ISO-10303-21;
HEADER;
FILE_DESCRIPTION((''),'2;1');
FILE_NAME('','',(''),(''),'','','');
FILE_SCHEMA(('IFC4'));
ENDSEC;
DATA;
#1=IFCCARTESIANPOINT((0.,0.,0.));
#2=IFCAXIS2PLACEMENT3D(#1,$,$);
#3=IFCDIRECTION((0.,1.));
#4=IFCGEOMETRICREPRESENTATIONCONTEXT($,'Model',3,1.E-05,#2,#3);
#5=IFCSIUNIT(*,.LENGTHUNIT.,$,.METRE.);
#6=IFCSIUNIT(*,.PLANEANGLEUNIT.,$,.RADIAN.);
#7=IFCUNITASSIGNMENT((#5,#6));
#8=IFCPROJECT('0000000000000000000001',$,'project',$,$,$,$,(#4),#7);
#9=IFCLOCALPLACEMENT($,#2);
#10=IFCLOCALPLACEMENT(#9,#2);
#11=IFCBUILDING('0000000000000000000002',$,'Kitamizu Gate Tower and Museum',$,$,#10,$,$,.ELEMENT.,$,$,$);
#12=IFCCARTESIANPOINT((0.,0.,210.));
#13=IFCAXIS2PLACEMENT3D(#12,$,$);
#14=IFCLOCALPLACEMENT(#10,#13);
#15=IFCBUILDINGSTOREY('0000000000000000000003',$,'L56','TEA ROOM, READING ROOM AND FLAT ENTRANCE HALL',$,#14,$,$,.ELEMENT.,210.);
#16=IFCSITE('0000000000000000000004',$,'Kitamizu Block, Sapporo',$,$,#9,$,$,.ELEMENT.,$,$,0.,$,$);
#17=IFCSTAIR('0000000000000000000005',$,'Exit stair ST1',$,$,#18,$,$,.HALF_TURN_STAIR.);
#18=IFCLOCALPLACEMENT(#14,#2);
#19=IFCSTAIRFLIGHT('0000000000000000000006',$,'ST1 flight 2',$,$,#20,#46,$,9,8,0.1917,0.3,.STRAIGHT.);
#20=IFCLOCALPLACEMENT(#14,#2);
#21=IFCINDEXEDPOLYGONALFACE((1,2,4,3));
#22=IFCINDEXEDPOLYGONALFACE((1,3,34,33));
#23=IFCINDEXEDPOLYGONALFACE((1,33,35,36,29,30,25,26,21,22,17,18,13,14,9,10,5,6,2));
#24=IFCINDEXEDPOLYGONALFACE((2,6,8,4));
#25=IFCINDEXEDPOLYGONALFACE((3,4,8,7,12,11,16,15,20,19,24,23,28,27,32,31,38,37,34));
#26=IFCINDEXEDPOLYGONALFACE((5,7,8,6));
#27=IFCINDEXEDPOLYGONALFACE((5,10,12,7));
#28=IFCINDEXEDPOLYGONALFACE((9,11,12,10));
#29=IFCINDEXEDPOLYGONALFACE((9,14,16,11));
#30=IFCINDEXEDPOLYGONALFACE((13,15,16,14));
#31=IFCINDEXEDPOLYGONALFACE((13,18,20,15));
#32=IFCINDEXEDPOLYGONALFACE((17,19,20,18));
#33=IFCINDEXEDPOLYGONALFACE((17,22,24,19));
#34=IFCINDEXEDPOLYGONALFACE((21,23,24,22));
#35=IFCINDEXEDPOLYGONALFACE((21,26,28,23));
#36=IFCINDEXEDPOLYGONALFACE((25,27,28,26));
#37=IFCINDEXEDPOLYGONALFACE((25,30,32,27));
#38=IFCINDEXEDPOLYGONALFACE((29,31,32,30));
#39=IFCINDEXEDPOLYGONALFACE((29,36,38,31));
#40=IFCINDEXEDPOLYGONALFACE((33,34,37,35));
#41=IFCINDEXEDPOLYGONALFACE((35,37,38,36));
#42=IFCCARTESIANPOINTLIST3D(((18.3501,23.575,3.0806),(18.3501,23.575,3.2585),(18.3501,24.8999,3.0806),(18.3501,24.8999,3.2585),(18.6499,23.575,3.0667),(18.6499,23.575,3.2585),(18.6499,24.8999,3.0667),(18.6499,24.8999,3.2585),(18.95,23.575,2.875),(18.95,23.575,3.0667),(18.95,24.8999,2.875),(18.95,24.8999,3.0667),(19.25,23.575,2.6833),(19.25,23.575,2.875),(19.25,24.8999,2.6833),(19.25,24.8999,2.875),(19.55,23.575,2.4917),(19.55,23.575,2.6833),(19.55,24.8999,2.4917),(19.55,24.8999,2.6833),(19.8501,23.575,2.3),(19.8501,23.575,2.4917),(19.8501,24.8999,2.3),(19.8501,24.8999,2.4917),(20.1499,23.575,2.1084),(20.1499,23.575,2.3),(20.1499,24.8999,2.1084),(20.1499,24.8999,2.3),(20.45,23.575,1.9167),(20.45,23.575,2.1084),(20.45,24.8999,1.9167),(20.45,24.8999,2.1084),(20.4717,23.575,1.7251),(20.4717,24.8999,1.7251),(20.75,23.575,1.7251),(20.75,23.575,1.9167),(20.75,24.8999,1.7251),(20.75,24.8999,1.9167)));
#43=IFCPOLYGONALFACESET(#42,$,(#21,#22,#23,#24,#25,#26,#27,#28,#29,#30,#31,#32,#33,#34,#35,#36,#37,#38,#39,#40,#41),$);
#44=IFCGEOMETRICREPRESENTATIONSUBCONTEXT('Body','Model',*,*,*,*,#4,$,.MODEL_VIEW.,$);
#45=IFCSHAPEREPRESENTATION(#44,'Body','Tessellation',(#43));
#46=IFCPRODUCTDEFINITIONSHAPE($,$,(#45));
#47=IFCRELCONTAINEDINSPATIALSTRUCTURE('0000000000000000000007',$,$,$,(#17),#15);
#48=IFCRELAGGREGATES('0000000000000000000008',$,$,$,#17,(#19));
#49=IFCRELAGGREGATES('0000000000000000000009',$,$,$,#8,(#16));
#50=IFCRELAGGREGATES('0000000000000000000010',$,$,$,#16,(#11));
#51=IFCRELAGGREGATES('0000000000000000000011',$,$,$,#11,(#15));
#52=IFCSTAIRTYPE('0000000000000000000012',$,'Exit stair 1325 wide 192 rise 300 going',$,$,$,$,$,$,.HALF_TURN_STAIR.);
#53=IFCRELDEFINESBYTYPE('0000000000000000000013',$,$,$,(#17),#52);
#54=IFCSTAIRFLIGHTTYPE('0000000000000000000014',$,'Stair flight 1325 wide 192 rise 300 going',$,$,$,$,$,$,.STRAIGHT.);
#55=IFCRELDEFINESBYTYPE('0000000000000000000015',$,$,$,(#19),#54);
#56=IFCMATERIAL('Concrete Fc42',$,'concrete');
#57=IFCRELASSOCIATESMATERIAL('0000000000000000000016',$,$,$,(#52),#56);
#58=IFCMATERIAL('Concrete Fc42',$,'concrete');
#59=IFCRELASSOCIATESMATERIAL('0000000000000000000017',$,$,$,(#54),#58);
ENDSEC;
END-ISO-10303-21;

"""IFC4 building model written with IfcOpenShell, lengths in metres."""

from ifc_helpers import new_model, si_unit, direction, frame, origin, place, context, subcontext, project, spatial, polyline, outline, extrude, material, type_object, element, aggregate, save


model = new_model("IFC4")

# Units and contexts
model_context = context("Model", 3, precision=1e-05, world=origin(), true_north=direction((0.0, 1.0)))
body_context = subcontext(model_context, "Body", "Model", "MODEL_VIEW")
ifc_project = project(units=[si_unit("LENGTHUNIT", "METRE"), si_unit("PLANEANGLEUNIT", "RADIAN")], contexts=[model_context])

# Site, building, storey
site_placement = place(None, origin())
site = spatial("IfcSite", under=ifc_project, at=site_placement, Name="Kitamizu Block, Sapporo", CompositionType="ELEMENT", RefElevation=0.0)
building_placement = place(site_placement, origin())
building = spatial("IfcBuilding", under=site, at=building_placement, Name="Kitamizu Gate Tower and Museum", CompositionType="ELEMENT")
storey_placement = place(building_placement, frame((0.0, 0.0, 210.0)))
storey = spatial("IfcBuildingStorey", under=building, at=storey_placement, Name="L56", Description="TEA ROOM, READING ROOM AND FLAT ENTRANCE HALL", CompositionType="ELEMENT", Elevation=210.0)

# Stair, stair flight
ifc_material_1 = material(Name="Concrete Fc42", Category="concrete")
stair_type = type_object("IfcStairType", Name="Exit stair 1325 wide 192 rise 300 going", PredefinedType="HALF_TURN_STAIR", material=ifc_material_1)
stair_placement = place(storey_placement, origin())
stair = element("IfcStair", 1, at=stair_placement, inside=storey, type_object=stair_type, Name="Exit stair ST1", PredefinedType="HALF_TURN_STAIR")
ifc_material_2 = material(Name="Concrete Fc42", Category="concrete")
stair_flight_type = type_object("IfcStairFlightType", Name="Stair flight 1325 wide 192 rise 300 going", PredefinedType="STRAIGHT", material=ifc_material_2)
stair_flight_1_placement = place(storey_placement, frame((20.75, 24.2375, 1.7251), z_axis=(0.0, 0.0, 1.0), x_axis=(-1.0, 0.0, 0.0)))
stair_flight_1 = element("IfcStairFlight", 2, at=stair_flight_1_placement, type_object=stair_flight_type, Name="ST1 flight 2", NumberOfRisers=9, NumberOfTreads=8, PredefinedType="STRAIGHT", RiserHeight=0.1917, TreadLength=0.3, context=body_context, shape_type="SweptSolid", body=[
    extrude(outline(polyline([(0.0, 0.0), (0.0, 0.1917), (0.3, 0.1917), (0.3, 0.3833), (0.6001, 0.3833), (0.6001, 0.575), (0.8999, 0.575), (0.8999, 0.7666), (1.2, 0.7666), (1.2, 0.9583), (1.5, 0.9583), (1.5, 1.1499), (1.8, 1.1499), (1.8, 1.3416), (2.1001, 1.3416), (2.1001, 1.5334), (2.3999, 1.5334), (2.3999, 1.7251), (2.3999, 1.3555), (0.2783, 0.0), (0.0, 0.0)])), frame((0.0, 0.6626, 0.0), z_axis=(0.0, -1.0, 0.0), x_axis=(1.0, 0.0, 0.0)), (0.0, 0.0, 1.0), 1.325),
])
aggregate(stair, [stair_flight_1])

save(model, "model.ifc")
